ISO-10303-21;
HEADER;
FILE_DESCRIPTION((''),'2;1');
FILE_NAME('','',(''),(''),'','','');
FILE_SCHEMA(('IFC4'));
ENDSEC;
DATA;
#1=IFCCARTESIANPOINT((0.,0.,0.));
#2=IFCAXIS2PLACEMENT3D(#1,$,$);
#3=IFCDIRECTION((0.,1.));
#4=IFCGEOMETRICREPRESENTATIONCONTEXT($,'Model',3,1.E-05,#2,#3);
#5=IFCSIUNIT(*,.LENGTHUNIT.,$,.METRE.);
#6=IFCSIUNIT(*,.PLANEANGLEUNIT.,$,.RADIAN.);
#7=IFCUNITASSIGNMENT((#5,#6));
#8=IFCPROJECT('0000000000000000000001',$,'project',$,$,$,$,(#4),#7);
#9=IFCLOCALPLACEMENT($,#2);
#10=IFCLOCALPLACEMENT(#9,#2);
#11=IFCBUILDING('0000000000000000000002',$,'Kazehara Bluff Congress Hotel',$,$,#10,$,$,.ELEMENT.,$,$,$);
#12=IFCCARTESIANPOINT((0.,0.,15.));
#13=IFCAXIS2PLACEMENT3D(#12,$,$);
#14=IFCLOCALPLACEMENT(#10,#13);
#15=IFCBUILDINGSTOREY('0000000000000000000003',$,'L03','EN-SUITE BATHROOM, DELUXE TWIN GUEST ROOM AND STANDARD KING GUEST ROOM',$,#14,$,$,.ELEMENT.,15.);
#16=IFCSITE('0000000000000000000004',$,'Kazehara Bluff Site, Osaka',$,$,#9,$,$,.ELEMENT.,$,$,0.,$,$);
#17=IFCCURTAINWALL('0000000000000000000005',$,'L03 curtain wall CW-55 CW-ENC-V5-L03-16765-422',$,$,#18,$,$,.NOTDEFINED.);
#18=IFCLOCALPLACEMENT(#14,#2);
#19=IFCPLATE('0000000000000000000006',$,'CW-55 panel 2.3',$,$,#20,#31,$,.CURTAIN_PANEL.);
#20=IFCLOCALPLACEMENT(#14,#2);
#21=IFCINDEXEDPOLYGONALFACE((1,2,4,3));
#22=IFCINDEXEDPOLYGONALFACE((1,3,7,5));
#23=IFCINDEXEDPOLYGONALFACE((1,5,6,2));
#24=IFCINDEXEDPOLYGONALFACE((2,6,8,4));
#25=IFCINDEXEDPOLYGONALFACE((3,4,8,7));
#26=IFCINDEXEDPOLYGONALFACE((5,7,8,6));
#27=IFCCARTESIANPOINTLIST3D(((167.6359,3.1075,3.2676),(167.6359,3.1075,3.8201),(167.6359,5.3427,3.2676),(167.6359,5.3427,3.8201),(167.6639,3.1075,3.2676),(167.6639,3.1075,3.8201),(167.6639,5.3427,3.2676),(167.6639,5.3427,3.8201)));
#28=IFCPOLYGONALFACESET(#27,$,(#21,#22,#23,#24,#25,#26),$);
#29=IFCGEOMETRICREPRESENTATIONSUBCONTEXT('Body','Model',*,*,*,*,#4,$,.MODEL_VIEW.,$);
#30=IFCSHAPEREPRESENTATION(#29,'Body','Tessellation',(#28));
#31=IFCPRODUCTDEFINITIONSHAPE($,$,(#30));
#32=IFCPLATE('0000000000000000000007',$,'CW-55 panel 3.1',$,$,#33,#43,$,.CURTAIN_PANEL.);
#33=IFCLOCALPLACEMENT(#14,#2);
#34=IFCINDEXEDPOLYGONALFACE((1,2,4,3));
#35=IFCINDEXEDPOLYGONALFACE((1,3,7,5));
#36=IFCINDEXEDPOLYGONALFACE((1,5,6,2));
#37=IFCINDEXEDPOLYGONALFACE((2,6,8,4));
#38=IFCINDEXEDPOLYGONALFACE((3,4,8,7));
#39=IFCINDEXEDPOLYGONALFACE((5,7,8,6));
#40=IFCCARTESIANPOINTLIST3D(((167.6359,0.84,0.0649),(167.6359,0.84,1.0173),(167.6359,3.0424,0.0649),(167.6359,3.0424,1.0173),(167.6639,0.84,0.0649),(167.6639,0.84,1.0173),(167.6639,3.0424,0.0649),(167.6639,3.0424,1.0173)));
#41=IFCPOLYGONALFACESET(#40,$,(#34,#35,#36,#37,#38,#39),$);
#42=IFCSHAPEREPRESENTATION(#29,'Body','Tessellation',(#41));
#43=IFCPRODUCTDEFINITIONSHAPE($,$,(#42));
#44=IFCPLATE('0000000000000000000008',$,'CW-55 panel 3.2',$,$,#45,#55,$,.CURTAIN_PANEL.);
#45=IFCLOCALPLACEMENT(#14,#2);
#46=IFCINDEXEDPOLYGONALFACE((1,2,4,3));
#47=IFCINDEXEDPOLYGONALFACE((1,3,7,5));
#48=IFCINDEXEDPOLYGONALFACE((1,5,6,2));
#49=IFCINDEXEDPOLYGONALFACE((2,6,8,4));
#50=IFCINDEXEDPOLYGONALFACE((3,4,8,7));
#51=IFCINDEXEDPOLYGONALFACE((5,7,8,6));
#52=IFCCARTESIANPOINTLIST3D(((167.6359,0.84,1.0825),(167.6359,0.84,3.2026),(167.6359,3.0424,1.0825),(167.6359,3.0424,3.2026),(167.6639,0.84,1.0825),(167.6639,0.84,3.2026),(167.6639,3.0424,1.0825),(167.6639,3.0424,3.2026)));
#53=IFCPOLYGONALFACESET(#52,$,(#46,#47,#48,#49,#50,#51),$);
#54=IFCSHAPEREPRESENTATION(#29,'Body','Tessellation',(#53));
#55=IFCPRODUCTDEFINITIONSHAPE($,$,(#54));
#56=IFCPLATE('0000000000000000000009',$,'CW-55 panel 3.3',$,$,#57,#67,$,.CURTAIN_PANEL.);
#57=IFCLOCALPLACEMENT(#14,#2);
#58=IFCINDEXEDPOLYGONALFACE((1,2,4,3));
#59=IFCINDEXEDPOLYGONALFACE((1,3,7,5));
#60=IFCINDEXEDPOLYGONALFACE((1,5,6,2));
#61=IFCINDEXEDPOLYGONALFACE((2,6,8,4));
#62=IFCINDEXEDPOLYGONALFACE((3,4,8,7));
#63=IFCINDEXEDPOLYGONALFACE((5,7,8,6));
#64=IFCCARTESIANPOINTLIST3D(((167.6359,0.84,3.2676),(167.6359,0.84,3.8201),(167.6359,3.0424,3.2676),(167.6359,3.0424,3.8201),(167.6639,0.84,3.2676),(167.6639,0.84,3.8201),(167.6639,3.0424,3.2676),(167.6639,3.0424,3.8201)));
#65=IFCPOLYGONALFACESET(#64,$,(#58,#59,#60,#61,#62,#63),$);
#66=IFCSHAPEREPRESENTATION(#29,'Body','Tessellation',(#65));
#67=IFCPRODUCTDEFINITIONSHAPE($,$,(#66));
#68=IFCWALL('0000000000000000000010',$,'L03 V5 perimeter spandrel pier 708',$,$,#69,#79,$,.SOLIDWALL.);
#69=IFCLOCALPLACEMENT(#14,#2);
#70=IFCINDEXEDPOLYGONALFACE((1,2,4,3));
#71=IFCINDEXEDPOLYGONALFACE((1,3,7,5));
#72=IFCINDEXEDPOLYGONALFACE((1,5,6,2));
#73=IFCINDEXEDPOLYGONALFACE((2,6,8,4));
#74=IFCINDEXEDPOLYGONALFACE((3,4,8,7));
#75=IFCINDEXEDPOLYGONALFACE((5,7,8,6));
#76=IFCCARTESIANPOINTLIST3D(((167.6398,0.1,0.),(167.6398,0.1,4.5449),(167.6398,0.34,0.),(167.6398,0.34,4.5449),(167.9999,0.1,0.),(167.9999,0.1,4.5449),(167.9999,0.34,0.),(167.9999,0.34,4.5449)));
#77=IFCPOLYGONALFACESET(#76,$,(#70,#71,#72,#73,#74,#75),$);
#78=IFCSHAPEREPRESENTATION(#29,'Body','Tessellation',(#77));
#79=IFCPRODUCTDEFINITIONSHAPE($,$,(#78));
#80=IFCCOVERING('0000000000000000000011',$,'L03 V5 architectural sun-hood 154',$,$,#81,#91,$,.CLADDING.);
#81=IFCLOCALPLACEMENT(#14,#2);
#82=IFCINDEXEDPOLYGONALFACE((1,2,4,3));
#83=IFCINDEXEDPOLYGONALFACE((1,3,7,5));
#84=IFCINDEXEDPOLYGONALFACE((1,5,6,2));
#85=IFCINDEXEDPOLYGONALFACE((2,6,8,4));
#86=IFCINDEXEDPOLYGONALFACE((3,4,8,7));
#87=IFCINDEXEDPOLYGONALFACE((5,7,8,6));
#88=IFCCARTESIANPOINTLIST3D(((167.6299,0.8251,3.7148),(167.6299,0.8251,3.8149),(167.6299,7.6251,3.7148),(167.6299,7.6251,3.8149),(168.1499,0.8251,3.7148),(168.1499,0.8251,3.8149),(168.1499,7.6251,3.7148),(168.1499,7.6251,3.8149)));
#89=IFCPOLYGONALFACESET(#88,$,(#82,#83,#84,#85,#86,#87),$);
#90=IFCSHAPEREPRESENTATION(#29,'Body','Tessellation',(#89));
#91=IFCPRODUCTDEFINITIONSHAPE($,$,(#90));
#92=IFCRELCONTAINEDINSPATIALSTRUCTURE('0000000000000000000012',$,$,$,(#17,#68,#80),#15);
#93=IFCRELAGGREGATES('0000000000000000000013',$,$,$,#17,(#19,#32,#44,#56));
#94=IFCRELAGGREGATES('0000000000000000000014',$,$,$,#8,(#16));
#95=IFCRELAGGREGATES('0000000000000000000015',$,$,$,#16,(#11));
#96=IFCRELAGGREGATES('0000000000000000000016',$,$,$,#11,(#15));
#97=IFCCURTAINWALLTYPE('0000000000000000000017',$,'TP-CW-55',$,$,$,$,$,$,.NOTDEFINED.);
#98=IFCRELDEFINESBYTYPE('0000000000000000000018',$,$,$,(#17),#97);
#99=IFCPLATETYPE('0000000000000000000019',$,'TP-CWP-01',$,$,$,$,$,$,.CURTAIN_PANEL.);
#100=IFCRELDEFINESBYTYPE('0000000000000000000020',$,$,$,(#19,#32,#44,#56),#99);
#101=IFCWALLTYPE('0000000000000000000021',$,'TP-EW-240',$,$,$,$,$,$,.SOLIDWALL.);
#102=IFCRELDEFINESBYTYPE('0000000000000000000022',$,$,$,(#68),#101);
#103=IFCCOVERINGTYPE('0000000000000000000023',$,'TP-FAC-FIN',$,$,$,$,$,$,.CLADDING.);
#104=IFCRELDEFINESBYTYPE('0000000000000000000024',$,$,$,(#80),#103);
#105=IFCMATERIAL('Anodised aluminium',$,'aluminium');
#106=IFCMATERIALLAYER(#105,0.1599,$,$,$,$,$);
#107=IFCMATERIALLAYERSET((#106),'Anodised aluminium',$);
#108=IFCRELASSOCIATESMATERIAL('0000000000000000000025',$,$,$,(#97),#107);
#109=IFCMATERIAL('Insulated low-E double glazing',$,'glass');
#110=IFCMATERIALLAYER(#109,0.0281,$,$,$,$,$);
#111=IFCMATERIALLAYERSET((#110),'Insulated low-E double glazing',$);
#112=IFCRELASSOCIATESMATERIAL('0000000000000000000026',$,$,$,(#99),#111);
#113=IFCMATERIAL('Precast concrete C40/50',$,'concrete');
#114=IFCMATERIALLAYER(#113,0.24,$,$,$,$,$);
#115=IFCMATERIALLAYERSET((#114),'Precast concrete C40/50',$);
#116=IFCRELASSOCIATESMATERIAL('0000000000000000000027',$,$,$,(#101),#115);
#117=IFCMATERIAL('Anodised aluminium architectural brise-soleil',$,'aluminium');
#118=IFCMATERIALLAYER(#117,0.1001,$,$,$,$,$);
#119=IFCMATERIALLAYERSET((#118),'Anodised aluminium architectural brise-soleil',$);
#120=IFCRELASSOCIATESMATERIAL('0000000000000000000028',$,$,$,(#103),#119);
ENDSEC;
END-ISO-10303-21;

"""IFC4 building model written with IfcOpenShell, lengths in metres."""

from ifc_helpers import new_model, si_unit, direction, frame, frame_2d, origin, origin_2d, place, context, subcontext, project, spatial, rectangle, extrude, material, layer, layer_set, type_object, element, aggregate, save


model = new_model("IFC4")

# Units and contexts
model_context = context("Model", 3, precision=1e-05, world=origin(), true_north=direction((0.0, 1.0)))
body_context = subcontext(model_context, "Body", "Model", "MODEL_VIEW")
ifc_project = project(units=[si_unit("LENGTHUNIT", "METRE"), si_unit("PLANEANGLEUNIT", "RADIAN")], contexts=[model_context])

# Site, building, storey
site_placement = place(None, origin())
site = spatial("IfcSite", under=ifc_project, at=site_placement, Name="Kazehara Bluff Site, Osaka", CompositionType="ELEMENT", RefElevation=0.0)
building_placement = place(site_placement, origin())
building = spatial("IfcBuilding", under=site, at=building_placement, Name="Kazehara Bluff Congress Hotel", CompositionType="ELEMENT")
storey_placement = place(building_placement, frame((0.0, 0.0, 15.0)))
storey = spatial("IfcBuildingStorey", under=building, at=storey_placement, Name="L03", Description="EN-SUITE BATHROOM, DELUXE TWIN GUEST ROOM AND STANDARD KING GUEST ROOM", CompositionType="ELEMENT", Elevation=15.0)

# Curtain wall
ifc_material_1 = material(Name="Anodised aluminium", Category="aluminium")
ifc_layer_1 = layer(ifc_material_1, 0.1599)
ifc_layer_set_1 = layer_set([ifc_layer_1], Name="Anodised aluminium")
curtain_wall_type_1 = type_object("IfcCurtainWallType", Name="TP-CW-55", PredefinedType="NOTDEFINED", material=ifc_layer_set_1)
curtain_wall_1_placement = place(storey_placement, origin())
curtain_wall_1 = element("IfcCurtainWall", 1, at=curtain_wall_1_placement, inside=storey, type_object=curtain_wall_type_1, Name="L03 curtain wall CW-55 CW-ENC-V5-L03-16765-422", PredefinedType="NOTDEFINED")

# Plates
ifc_material_2 = material(Name="Insulated low-E double glazing", Category="glass")
ifc_layer_2 = layer(ifc_material_2, 0.0281)
ifc_layer_set_2 = layer_set([ifc_layer_2], Name="Insulated low-E double glazing")
plate_type = type_object("IfcPlateType", Name="TP-CWP-01", PredefinedType="CURTAIN_PANEL", material=ifc_layer_set_2)
plate_1_placement = place(storey_placement, frame((167.6499, 4.2251, 3.2676), z_axis=(0.0, 0.0, 1.0), x_axis=(0.0, -1.0, 0.0)))
plate_1 = element("IfcPlate", 2, at=plate_1_placement, type_object=plate_type, Name="CW-55 panel 2.3", PredefinedType="CURTAIN_PANEL", context=body_context, shape_type="SweptSolid", body=[
    extrude(rectangle(XDim=2.2351, YDim=0.0281, at=origin_2d()), origin(), (0.0, 0.0, 1.0), 0.5525),
])
plate_2_placement = place(storey_placement, frame((167.6499, 1.9412, 0.0649), z_axis=(0.0, 0.0, 1.0), x_axis=(0.0, -1.0, 0.0)))
plate_2 = element("IfcPlate", 3, at=plate_2_placement, type_object=plate_type, Name="CW-55 panel 3.1", PredefinedType="CURTAIN_PANEL", context=body_context, shape_type="SweptSolid", body=[
    extrude(rectangle(XDim=2.2024, YDim=0.0281, at=origin_2d()), origin(), (0.0, 0.0, 1.0), 0.9524),
])
plate_3_placement = place(storey_placement, frame((167.6499, 1.9412, 1.0825), z_axis=(0.0, 0.0, 1.0), x_axis=(0.0, -1.0, 0.0)))
plate_3 = element("IfcPlate", 4, at=plate_3_placement, type_object=plate_type, Name="CW-55 panel 3.2", PredefinedType="CURTAIN_PANEL", context=body_context, shape_type="SweptSolid", body=[
    extrude(rectangle(XDim=2.2024, YDim=0.0281, at=origin_2d()), origin(), (0.0, 0.0, 1.0), 2.1201),
])
plate_4_placement = place(storey_placement, frame((167.6499, 1.9412, 3.2676), z_axis=(0.0, 0.0, 1.0), x_axis=(0.0, -1.0, 0.0)))
plate_4 = element("IfcPlate", 5, at=plate_4_placement, type_object=plate_type, Name="CW-55 panel 3.3", PredefinedType="CURTAIN_PANEL", context=body_context, shape_type="SweptSolid", body=[
    extrude(rectangle(XDim=2.2024, YDim=0.0281, at=origin_2d()), origin(), (0.0, 0.0, 1.0), 0.5525),
])
aggregate(curtain_wall_1, [plate_1, plate_2, plate_3, plate_4])

# Wall
ifc_material_3 = material(Name="Precast concrete C40/50", Category="concrete")
ifc_layer_3 = layer(ifc_material_3, 0.24)
ifc_layer_set_3 = layer_set([ifc_layer_3], Name="Precast concrete C40/50")
wall_type = type_object("IfcWallType", Name="TP-EW-240", PredefinedType="SOLIDWALL", material=ifc_layer_set_3)
wall_placement = place(storey_placement, frame((168.0, 0.22, 0.0), z_axis=(0.0, 0.0, 1.0), x_axis=(-1.0, 0.0, 0.0)))
element("IfcWall", 6, at=wall_placement, inside=storey, type_object=wall_type, Name="L03 V5 perimeter spandrel pier 708", PredefinedType="SOLIDWALL", context=body_context, shape_type="SweptSolid", body=[
    extrude(rectangle(XDim=0.3601, YDim=0.24, at=frame_2d((0.1802, 0.0))), origin(), (0.0, 0.0, 1.0), 4.5449),
])

# Covering
ifc_material_4 = material(Name="Anodised aluminium architectural brise-soleil", Category="aluminium")
ifc_layer_4 = layer(ifc_material_4, 0.1001)
ifc_layer_set_4 = layer_set([ifc_layer_4], Name="Anodised aluminium architectural brise-soleil")
covering_type = type_object("IfcCoveringType", Name="TP-FAC-FIN", PredefinedType="CLADDING", material=ifc_layer_set_4)
covering_placement = place(storey_placement, frame((167.8899, 4.2251, 3.7148), z_axis=(0.0, 0.0, 1.0), x_axis=(1.0, 0.0, 0.0)))
element("IfcCovering", 7, at=covering_placement, inside=storey, type_object=covering_type, Name="L03 V5 architectural sun-hood 154", PredefinedType="CLADDING", context=body_context, shape_type="SweptSolid", body=[
    extrude(rectangle(XDim=0.52, YDim=6.8, at=origin_2d()), origin(), (0.0, 0.0, 1.0), 0.1001),
])

save(model, "model.ifc")
